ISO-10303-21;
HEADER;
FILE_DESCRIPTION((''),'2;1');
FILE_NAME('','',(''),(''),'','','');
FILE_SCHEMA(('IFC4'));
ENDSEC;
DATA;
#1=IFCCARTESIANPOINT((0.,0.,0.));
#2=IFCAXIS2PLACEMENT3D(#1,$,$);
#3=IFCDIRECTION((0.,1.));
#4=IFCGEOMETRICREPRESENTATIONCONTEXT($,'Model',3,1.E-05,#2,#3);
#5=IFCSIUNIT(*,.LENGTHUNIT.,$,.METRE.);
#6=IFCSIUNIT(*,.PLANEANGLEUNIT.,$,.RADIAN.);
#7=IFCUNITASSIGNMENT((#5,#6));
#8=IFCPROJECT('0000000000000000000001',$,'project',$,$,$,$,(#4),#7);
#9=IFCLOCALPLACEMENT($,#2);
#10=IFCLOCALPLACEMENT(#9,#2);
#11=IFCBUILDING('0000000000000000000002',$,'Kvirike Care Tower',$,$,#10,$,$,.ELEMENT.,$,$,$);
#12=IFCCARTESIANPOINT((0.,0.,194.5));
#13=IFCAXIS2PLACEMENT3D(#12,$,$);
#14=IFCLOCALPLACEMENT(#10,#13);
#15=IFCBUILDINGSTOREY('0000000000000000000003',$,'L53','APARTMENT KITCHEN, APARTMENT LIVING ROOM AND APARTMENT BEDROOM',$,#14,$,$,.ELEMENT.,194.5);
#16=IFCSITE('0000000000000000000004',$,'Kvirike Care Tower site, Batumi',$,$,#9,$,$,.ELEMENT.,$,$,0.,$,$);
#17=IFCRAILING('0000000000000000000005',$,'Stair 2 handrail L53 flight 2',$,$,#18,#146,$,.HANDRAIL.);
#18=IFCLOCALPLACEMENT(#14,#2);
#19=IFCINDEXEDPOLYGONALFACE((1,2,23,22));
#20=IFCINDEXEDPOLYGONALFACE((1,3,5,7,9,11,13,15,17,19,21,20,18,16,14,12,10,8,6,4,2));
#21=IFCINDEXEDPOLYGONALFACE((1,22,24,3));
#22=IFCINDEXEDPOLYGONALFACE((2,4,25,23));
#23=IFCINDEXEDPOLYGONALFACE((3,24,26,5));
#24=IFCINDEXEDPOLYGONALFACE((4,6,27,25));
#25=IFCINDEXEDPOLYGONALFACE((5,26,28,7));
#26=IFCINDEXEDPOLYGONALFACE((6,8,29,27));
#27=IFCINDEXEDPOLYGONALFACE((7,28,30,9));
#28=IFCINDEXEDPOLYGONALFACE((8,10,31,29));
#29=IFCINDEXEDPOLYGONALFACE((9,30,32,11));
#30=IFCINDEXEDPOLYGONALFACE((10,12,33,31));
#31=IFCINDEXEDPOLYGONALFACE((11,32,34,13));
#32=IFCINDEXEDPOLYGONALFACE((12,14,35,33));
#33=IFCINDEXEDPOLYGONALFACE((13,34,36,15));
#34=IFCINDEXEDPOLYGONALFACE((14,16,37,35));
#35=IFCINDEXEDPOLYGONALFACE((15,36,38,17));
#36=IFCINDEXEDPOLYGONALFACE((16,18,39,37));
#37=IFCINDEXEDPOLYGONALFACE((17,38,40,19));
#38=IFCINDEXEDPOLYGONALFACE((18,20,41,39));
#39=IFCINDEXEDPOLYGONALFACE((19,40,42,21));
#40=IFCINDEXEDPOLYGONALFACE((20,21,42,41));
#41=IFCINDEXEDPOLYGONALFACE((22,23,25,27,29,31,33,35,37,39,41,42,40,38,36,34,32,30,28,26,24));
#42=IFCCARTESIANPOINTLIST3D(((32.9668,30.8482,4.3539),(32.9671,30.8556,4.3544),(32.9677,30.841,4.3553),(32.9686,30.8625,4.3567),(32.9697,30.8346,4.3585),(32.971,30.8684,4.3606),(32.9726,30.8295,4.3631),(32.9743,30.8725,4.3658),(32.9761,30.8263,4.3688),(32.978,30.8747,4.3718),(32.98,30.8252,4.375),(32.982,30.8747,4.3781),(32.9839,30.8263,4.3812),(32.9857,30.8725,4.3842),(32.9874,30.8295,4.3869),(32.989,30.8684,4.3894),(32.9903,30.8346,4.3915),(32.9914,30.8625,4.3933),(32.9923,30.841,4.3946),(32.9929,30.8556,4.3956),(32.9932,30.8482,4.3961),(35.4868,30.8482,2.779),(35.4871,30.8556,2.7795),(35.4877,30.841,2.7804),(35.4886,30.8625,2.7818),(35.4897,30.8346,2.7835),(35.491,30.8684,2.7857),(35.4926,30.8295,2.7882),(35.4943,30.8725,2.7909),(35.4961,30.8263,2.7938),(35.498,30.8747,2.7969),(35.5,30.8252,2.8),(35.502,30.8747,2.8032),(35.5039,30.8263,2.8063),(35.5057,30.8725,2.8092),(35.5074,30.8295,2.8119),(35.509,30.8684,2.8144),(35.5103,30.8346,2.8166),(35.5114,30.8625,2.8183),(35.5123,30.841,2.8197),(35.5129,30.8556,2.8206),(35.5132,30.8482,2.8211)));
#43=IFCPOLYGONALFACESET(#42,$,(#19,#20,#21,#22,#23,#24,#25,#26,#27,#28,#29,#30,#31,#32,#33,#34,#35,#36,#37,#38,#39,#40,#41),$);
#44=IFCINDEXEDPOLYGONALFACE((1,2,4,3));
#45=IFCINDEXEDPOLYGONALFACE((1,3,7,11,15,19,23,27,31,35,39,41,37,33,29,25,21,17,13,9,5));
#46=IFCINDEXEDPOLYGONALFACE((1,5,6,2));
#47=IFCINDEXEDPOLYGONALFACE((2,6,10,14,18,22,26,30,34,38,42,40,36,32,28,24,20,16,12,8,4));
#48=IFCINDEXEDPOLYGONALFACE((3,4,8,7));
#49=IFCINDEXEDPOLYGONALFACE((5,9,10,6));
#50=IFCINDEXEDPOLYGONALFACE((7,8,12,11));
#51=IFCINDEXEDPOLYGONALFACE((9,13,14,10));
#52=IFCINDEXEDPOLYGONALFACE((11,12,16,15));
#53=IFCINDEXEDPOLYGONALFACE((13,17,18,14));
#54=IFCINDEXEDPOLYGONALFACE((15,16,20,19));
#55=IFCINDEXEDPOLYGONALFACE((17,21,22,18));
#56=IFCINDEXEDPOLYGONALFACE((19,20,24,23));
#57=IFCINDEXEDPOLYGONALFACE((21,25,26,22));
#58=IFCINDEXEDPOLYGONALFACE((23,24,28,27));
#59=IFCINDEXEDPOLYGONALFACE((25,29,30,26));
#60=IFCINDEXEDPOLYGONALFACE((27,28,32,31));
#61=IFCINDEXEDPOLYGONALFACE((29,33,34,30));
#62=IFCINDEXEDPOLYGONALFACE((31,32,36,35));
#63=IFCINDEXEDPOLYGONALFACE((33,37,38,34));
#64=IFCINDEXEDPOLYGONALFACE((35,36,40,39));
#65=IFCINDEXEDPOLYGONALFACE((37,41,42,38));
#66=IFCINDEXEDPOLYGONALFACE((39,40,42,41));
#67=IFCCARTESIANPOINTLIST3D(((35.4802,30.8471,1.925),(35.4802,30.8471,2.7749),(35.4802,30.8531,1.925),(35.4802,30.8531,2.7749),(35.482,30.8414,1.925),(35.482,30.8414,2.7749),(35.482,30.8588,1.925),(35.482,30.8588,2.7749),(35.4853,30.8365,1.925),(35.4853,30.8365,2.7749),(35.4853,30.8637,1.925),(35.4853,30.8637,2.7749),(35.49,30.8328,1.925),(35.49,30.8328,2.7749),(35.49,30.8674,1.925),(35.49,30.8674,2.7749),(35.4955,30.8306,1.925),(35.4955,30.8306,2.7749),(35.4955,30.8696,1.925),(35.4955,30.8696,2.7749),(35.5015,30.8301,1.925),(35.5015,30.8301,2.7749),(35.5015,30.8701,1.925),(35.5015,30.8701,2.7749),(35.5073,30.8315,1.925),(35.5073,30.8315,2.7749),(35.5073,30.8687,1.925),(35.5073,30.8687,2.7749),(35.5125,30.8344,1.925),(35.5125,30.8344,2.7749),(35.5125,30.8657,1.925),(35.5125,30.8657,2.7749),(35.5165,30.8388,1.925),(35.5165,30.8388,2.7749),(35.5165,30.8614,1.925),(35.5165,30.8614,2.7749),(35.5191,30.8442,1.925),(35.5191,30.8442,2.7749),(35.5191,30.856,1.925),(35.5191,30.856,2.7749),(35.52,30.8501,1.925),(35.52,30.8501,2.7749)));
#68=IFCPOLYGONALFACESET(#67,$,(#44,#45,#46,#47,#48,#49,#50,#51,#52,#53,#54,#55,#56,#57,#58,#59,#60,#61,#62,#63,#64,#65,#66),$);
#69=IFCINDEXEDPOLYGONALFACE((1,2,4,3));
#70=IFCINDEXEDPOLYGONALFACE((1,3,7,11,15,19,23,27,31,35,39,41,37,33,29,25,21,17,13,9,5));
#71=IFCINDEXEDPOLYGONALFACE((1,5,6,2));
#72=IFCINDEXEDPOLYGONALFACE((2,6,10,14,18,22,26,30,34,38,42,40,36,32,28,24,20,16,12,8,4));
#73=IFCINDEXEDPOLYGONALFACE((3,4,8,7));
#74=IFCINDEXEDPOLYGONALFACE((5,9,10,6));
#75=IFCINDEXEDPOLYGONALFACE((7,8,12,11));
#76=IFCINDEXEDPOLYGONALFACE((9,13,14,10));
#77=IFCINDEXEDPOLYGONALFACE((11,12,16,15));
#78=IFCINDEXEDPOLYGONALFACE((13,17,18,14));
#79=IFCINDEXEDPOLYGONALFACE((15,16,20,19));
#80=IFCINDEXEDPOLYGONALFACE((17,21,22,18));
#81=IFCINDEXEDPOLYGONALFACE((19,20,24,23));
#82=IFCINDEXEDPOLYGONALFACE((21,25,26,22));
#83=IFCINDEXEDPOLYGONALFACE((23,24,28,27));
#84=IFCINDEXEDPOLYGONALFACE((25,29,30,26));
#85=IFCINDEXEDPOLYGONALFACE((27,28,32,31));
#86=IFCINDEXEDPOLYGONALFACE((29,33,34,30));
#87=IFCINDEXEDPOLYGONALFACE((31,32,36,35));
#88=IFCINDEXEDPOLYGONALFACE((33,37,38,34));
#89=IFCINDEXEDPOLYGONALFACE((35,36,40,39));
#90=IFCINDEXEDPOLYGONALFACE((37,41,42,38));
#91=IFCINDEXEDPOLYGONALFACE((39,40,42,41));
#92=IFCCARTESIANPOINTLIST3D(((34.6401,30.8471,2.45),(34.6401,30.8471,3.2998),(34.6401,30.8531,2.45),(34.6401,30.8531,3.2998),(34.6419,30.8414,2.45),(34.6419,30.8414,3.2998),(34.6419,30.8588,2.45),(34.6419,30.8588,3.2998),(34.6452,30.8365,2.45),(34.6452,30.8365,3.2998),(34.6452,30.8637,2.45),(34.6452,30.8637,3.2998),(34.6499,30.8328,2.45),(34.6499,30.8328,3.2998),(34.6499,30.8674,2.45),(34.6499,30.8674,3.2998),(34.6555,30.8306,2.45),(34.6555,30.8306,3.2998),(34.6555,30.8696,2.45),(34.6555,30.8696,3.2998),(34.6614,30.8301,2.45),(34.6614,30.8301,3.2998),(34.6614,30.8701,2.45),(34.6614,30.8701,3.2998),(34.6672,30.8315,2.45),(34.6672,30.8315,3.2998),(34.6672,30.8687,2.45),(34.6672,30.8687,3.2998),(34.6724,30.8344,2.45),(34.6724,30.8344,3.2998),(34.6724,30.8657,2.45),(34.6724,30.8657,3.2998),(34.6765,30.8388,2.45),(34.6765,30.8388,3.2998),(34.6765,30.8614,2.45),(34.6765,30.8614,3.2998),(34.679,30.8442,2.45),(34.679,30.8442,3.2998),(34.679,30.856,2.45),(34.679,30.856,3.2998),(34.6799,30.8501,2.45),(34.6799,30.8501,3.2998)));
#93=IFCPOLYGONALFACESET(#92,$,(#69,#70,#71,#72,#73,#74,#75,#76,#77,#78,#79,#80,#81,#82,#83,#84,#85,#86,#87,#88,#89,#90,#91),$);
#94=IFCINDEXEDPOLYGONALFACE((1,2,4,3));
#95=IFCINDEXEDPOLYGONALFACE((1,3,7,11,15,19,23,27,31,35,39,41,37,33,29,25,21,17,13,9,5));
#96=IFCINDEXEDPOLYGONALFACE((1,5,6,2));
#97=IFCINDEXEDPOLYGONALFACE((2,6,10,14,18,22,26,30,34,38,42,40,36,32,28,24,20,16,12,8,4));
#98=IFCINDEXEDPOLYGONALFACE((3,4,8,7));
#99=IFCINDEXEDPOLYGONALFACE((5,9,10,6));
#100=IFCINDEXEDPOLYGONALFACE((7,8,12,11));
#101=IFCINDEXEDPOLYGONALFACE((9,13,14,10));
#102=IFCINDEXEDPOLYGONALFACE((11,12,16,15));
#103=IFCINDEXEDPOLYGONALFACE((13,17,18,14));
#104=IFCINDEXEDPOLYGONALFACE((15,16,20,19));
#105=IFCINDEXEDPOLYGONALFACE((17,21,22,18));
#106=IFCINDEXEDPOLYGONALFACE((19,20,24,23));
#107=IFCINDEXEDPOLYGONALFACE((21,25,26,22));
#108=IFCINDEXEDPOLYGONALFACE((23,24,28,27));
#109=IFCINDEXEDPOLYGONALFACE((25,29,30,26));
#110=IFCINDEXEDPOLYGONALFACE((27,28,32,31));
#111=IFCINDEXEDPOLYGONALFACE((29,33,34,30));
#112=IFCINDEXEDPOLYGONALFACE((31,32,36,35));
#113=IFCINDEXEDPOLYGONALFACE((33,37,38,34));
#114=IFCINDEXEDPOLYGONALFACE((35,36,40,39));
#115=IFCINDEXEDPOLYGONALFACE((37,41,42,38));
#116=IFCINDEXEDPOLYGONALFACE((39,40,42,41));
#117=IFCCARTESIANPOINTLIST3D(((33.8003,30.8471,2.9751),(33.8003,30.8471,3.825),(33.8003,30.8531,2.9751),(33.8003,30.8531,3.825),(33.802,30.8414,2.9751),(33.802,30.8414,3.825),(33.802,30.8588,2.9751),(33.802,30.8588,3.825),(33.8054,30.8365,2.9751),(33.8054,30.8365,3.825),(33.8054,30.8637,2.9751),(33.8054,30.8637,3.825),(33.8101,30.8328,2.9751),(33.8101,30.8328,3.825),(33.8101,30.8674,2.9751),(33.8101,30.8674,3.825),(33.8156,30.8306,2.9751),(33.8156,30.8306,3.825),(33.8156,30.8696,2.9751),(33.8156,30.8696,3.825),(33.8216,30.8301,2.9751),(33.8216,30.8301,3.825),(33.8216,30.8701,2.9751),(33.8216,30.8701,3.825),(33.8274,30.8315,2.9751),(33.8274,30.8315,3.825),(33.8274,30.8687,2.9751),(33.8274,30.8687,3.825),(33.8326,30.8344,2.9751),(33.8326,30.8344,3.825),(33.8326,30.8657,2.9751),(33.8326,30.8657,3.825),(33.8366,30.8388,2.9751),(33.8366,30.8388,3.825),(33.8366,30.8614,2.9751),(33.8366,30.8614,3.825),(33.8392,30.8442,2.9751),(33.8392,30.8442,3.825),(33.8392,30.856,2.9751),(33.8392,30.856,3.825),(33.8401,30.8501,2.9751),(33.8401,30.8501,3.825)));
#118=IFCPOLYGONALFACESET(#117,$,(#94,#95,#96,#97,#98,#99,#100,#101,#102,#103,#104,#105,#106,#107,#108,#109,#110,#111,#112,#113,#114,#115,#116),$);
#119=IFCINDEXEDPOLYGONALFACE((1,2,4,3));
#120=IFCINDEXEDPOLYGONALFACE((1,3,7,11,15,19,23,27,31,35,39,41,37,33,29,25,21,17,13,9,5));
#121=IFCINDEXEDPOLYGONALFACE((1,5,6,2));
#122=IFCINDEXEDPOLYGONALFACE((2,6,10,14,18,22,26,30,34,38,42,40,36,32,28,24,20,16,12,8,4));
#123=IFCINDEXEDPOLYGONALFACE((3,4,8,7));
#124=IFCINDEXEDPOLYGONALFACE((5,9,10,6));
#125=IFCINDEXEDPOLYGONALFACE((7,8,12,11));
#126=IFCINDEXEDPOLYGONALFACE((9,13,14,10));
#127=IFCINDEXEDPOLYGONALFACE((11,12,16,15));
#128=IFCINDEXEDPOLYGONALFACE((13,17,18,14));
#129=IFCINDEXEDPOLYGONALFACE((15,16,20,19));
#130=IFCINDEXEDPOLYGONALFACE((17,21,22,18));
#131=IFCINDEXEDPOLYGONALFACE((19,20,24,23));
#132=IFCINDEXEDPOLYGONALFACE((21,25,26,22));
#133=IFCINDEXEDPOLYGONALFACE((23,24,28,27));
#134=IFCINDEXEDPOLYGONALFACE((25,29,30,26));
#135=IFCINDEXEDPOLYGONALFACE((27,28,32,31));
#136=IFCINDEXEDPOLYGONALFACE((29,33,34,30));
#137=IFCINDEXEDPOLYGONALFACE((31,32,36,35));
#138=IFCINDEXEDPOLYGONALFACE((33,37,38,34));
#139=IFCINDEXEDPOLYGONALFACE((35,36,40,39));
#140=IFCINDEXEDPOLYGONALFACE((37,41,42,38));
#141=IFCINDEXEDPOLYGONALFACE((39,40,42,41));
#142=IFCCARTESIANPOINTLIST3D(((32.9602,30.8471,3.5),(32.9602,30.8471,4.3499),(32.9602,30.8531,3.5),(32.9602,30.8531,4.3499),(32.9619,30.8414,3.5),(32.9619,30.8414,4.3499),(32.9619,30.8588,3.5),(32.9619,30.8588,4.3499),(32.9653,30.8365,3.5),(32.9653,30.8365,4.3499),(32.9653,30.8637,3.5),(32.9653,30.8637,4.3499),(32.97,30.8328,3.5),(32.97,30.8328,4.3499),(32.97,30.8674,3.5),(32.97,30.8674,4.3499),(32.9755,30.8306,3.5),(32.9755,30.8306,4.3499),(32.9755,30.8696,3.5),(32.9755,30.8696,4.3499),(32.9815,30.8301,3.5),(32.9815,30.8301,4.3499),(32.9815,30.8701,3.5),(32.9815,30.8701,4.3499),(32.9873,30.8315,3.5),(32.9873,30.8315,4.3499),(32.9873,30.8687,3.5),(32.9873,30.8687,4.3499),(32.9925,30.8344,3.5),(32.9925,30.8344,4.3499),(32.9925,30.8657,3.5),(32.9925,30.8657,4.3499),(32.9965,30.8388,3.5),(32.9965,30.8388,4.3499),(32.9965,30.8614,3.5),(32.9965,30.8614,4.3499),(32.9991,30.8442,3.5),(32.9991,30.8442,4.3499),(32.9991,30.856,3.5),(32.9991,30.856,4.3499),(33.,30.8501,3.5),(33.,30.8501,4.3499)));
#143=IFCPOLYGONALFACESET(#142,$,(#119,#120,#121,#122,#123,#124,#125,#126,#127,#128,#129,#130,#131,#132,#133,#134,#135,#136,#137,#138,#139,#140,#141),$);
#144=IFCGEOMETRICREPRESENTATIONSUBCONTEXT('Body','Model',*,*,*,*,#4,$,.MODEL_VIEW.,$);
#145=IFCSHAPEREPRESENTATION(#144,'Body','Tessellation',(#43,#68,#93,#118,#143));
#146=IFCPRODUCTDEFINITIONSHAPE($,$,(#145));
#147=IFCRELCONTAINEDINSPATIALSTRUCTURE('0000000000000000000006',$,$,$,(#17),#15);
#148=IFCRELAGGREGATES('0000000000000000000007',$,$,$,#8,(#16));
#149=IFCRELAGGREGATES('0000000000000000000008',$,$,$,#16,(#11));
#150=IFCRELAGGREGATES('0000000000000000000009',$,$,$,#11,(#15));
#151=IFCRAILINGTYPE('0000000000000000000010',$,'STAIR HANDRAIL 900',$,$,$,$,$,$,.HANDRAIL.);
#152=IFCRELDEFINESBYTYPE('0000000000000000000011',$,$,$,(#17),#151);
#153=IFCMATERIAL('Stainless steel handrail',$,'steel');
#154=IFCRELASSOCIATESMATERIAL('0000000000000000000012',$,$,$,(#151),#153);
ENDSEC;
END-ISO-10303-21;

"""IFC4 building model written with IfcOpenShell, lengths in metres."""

from ifc_helpers import new_model, si_unit, direction, frame, origin, origin_2d, place, context, subcontext, project, spatial, circle, extrude, material, type_object, element, save


model = new_model("IFC4")

# Units and contexts
model_context = context("Model", 3, precision=1e-05, world=origin(), true_north=direction((0.0, 1.0)))
body_context = subcontext(model_context, "Body", "Model", "MODEL_VIEW")
ifc_project = project(units=[si_unit("LENGTHUNIT", "METRE"), si_unit("PLANEANGLEUNIT", "RADIAN")], contexts=[model_context])

# Site, building, storey
site_placement = place(None, origin())
site = spatial("IfcSite", under=ifc_project, at=site_placement, Name="Kvirike Care Tower site, Batumi", CompositionType="ELEMENT", RefElevation=0.0)
building_placement = place(site_placement, origin())
building = spatial("IfcBuilding", under=site, at=building_placement, Name="Kvirike Care Tower", CompositionType="ELEMENT")
storey_placement = place(building_placement, frame((0.0, 0.0, 194.5)))
storey = spatial("IfcBuildingStorey", under=building, at=storey_placement, Name="L53", Description="APARTMENT KITCHEN, APARTMENT LIVING ROOM AND APARTMENT BEDROOM", CompositionType="ELEMENT", Elevation=194.5)

# Railing
ifc_material_1 = material(Name="Stainless steel handrail", Category="steel")
railing_type = type_object("IfcRailingType", Name="STAIR HANDRAIL 900", PredefinedType="HANDRAIL", material=ifc_material_1)
railing_1_placement = place(storey_placement, frame((35.5, 30.8501, 1.925)))
element("IfcRailing", 1, at=railing_1_placement, inside=storey, type_object=railing_type, Name="Stair 2 handrail L53 flight 2", PredefinedType="HANDRAIL", context=body_context, shape_type="SweptSolid", body=[
    extrude(circle(Radius=0.0249, at=origin_2d()), frame((0.0, 0.0, 0.875), z_axis=(-0.848008, 0.0, 0.529984), x_axis=(0.0, -1.0, 0.0)), (0.0, 0.0, 1.0), 2.9717),
    extrude(circle(Radius=0.02, at=origin_2d()), origin(), (0.0, 0.0, 1.0), 0.8499),
    extrude(circle(Radius=0.02, at=origin_2d()), frame((-0.8401, 0.0, 0.5249)), (0.0, 0.0, 1.0), 0.8499),
    extrude(circle(Radius=0.02, at=origin_2d()), frame((-1.6799, 0.0, 1.05)), (0.0, 0.0, 1.0), 0.8499),
    extrude(circle(Radius=0.02, at=origin_2d()), frame((-2.52, 0.0, 1.575)), (0.0, 0.0, 1.0), 0.8499),
])

save(model, "model.ifc")
